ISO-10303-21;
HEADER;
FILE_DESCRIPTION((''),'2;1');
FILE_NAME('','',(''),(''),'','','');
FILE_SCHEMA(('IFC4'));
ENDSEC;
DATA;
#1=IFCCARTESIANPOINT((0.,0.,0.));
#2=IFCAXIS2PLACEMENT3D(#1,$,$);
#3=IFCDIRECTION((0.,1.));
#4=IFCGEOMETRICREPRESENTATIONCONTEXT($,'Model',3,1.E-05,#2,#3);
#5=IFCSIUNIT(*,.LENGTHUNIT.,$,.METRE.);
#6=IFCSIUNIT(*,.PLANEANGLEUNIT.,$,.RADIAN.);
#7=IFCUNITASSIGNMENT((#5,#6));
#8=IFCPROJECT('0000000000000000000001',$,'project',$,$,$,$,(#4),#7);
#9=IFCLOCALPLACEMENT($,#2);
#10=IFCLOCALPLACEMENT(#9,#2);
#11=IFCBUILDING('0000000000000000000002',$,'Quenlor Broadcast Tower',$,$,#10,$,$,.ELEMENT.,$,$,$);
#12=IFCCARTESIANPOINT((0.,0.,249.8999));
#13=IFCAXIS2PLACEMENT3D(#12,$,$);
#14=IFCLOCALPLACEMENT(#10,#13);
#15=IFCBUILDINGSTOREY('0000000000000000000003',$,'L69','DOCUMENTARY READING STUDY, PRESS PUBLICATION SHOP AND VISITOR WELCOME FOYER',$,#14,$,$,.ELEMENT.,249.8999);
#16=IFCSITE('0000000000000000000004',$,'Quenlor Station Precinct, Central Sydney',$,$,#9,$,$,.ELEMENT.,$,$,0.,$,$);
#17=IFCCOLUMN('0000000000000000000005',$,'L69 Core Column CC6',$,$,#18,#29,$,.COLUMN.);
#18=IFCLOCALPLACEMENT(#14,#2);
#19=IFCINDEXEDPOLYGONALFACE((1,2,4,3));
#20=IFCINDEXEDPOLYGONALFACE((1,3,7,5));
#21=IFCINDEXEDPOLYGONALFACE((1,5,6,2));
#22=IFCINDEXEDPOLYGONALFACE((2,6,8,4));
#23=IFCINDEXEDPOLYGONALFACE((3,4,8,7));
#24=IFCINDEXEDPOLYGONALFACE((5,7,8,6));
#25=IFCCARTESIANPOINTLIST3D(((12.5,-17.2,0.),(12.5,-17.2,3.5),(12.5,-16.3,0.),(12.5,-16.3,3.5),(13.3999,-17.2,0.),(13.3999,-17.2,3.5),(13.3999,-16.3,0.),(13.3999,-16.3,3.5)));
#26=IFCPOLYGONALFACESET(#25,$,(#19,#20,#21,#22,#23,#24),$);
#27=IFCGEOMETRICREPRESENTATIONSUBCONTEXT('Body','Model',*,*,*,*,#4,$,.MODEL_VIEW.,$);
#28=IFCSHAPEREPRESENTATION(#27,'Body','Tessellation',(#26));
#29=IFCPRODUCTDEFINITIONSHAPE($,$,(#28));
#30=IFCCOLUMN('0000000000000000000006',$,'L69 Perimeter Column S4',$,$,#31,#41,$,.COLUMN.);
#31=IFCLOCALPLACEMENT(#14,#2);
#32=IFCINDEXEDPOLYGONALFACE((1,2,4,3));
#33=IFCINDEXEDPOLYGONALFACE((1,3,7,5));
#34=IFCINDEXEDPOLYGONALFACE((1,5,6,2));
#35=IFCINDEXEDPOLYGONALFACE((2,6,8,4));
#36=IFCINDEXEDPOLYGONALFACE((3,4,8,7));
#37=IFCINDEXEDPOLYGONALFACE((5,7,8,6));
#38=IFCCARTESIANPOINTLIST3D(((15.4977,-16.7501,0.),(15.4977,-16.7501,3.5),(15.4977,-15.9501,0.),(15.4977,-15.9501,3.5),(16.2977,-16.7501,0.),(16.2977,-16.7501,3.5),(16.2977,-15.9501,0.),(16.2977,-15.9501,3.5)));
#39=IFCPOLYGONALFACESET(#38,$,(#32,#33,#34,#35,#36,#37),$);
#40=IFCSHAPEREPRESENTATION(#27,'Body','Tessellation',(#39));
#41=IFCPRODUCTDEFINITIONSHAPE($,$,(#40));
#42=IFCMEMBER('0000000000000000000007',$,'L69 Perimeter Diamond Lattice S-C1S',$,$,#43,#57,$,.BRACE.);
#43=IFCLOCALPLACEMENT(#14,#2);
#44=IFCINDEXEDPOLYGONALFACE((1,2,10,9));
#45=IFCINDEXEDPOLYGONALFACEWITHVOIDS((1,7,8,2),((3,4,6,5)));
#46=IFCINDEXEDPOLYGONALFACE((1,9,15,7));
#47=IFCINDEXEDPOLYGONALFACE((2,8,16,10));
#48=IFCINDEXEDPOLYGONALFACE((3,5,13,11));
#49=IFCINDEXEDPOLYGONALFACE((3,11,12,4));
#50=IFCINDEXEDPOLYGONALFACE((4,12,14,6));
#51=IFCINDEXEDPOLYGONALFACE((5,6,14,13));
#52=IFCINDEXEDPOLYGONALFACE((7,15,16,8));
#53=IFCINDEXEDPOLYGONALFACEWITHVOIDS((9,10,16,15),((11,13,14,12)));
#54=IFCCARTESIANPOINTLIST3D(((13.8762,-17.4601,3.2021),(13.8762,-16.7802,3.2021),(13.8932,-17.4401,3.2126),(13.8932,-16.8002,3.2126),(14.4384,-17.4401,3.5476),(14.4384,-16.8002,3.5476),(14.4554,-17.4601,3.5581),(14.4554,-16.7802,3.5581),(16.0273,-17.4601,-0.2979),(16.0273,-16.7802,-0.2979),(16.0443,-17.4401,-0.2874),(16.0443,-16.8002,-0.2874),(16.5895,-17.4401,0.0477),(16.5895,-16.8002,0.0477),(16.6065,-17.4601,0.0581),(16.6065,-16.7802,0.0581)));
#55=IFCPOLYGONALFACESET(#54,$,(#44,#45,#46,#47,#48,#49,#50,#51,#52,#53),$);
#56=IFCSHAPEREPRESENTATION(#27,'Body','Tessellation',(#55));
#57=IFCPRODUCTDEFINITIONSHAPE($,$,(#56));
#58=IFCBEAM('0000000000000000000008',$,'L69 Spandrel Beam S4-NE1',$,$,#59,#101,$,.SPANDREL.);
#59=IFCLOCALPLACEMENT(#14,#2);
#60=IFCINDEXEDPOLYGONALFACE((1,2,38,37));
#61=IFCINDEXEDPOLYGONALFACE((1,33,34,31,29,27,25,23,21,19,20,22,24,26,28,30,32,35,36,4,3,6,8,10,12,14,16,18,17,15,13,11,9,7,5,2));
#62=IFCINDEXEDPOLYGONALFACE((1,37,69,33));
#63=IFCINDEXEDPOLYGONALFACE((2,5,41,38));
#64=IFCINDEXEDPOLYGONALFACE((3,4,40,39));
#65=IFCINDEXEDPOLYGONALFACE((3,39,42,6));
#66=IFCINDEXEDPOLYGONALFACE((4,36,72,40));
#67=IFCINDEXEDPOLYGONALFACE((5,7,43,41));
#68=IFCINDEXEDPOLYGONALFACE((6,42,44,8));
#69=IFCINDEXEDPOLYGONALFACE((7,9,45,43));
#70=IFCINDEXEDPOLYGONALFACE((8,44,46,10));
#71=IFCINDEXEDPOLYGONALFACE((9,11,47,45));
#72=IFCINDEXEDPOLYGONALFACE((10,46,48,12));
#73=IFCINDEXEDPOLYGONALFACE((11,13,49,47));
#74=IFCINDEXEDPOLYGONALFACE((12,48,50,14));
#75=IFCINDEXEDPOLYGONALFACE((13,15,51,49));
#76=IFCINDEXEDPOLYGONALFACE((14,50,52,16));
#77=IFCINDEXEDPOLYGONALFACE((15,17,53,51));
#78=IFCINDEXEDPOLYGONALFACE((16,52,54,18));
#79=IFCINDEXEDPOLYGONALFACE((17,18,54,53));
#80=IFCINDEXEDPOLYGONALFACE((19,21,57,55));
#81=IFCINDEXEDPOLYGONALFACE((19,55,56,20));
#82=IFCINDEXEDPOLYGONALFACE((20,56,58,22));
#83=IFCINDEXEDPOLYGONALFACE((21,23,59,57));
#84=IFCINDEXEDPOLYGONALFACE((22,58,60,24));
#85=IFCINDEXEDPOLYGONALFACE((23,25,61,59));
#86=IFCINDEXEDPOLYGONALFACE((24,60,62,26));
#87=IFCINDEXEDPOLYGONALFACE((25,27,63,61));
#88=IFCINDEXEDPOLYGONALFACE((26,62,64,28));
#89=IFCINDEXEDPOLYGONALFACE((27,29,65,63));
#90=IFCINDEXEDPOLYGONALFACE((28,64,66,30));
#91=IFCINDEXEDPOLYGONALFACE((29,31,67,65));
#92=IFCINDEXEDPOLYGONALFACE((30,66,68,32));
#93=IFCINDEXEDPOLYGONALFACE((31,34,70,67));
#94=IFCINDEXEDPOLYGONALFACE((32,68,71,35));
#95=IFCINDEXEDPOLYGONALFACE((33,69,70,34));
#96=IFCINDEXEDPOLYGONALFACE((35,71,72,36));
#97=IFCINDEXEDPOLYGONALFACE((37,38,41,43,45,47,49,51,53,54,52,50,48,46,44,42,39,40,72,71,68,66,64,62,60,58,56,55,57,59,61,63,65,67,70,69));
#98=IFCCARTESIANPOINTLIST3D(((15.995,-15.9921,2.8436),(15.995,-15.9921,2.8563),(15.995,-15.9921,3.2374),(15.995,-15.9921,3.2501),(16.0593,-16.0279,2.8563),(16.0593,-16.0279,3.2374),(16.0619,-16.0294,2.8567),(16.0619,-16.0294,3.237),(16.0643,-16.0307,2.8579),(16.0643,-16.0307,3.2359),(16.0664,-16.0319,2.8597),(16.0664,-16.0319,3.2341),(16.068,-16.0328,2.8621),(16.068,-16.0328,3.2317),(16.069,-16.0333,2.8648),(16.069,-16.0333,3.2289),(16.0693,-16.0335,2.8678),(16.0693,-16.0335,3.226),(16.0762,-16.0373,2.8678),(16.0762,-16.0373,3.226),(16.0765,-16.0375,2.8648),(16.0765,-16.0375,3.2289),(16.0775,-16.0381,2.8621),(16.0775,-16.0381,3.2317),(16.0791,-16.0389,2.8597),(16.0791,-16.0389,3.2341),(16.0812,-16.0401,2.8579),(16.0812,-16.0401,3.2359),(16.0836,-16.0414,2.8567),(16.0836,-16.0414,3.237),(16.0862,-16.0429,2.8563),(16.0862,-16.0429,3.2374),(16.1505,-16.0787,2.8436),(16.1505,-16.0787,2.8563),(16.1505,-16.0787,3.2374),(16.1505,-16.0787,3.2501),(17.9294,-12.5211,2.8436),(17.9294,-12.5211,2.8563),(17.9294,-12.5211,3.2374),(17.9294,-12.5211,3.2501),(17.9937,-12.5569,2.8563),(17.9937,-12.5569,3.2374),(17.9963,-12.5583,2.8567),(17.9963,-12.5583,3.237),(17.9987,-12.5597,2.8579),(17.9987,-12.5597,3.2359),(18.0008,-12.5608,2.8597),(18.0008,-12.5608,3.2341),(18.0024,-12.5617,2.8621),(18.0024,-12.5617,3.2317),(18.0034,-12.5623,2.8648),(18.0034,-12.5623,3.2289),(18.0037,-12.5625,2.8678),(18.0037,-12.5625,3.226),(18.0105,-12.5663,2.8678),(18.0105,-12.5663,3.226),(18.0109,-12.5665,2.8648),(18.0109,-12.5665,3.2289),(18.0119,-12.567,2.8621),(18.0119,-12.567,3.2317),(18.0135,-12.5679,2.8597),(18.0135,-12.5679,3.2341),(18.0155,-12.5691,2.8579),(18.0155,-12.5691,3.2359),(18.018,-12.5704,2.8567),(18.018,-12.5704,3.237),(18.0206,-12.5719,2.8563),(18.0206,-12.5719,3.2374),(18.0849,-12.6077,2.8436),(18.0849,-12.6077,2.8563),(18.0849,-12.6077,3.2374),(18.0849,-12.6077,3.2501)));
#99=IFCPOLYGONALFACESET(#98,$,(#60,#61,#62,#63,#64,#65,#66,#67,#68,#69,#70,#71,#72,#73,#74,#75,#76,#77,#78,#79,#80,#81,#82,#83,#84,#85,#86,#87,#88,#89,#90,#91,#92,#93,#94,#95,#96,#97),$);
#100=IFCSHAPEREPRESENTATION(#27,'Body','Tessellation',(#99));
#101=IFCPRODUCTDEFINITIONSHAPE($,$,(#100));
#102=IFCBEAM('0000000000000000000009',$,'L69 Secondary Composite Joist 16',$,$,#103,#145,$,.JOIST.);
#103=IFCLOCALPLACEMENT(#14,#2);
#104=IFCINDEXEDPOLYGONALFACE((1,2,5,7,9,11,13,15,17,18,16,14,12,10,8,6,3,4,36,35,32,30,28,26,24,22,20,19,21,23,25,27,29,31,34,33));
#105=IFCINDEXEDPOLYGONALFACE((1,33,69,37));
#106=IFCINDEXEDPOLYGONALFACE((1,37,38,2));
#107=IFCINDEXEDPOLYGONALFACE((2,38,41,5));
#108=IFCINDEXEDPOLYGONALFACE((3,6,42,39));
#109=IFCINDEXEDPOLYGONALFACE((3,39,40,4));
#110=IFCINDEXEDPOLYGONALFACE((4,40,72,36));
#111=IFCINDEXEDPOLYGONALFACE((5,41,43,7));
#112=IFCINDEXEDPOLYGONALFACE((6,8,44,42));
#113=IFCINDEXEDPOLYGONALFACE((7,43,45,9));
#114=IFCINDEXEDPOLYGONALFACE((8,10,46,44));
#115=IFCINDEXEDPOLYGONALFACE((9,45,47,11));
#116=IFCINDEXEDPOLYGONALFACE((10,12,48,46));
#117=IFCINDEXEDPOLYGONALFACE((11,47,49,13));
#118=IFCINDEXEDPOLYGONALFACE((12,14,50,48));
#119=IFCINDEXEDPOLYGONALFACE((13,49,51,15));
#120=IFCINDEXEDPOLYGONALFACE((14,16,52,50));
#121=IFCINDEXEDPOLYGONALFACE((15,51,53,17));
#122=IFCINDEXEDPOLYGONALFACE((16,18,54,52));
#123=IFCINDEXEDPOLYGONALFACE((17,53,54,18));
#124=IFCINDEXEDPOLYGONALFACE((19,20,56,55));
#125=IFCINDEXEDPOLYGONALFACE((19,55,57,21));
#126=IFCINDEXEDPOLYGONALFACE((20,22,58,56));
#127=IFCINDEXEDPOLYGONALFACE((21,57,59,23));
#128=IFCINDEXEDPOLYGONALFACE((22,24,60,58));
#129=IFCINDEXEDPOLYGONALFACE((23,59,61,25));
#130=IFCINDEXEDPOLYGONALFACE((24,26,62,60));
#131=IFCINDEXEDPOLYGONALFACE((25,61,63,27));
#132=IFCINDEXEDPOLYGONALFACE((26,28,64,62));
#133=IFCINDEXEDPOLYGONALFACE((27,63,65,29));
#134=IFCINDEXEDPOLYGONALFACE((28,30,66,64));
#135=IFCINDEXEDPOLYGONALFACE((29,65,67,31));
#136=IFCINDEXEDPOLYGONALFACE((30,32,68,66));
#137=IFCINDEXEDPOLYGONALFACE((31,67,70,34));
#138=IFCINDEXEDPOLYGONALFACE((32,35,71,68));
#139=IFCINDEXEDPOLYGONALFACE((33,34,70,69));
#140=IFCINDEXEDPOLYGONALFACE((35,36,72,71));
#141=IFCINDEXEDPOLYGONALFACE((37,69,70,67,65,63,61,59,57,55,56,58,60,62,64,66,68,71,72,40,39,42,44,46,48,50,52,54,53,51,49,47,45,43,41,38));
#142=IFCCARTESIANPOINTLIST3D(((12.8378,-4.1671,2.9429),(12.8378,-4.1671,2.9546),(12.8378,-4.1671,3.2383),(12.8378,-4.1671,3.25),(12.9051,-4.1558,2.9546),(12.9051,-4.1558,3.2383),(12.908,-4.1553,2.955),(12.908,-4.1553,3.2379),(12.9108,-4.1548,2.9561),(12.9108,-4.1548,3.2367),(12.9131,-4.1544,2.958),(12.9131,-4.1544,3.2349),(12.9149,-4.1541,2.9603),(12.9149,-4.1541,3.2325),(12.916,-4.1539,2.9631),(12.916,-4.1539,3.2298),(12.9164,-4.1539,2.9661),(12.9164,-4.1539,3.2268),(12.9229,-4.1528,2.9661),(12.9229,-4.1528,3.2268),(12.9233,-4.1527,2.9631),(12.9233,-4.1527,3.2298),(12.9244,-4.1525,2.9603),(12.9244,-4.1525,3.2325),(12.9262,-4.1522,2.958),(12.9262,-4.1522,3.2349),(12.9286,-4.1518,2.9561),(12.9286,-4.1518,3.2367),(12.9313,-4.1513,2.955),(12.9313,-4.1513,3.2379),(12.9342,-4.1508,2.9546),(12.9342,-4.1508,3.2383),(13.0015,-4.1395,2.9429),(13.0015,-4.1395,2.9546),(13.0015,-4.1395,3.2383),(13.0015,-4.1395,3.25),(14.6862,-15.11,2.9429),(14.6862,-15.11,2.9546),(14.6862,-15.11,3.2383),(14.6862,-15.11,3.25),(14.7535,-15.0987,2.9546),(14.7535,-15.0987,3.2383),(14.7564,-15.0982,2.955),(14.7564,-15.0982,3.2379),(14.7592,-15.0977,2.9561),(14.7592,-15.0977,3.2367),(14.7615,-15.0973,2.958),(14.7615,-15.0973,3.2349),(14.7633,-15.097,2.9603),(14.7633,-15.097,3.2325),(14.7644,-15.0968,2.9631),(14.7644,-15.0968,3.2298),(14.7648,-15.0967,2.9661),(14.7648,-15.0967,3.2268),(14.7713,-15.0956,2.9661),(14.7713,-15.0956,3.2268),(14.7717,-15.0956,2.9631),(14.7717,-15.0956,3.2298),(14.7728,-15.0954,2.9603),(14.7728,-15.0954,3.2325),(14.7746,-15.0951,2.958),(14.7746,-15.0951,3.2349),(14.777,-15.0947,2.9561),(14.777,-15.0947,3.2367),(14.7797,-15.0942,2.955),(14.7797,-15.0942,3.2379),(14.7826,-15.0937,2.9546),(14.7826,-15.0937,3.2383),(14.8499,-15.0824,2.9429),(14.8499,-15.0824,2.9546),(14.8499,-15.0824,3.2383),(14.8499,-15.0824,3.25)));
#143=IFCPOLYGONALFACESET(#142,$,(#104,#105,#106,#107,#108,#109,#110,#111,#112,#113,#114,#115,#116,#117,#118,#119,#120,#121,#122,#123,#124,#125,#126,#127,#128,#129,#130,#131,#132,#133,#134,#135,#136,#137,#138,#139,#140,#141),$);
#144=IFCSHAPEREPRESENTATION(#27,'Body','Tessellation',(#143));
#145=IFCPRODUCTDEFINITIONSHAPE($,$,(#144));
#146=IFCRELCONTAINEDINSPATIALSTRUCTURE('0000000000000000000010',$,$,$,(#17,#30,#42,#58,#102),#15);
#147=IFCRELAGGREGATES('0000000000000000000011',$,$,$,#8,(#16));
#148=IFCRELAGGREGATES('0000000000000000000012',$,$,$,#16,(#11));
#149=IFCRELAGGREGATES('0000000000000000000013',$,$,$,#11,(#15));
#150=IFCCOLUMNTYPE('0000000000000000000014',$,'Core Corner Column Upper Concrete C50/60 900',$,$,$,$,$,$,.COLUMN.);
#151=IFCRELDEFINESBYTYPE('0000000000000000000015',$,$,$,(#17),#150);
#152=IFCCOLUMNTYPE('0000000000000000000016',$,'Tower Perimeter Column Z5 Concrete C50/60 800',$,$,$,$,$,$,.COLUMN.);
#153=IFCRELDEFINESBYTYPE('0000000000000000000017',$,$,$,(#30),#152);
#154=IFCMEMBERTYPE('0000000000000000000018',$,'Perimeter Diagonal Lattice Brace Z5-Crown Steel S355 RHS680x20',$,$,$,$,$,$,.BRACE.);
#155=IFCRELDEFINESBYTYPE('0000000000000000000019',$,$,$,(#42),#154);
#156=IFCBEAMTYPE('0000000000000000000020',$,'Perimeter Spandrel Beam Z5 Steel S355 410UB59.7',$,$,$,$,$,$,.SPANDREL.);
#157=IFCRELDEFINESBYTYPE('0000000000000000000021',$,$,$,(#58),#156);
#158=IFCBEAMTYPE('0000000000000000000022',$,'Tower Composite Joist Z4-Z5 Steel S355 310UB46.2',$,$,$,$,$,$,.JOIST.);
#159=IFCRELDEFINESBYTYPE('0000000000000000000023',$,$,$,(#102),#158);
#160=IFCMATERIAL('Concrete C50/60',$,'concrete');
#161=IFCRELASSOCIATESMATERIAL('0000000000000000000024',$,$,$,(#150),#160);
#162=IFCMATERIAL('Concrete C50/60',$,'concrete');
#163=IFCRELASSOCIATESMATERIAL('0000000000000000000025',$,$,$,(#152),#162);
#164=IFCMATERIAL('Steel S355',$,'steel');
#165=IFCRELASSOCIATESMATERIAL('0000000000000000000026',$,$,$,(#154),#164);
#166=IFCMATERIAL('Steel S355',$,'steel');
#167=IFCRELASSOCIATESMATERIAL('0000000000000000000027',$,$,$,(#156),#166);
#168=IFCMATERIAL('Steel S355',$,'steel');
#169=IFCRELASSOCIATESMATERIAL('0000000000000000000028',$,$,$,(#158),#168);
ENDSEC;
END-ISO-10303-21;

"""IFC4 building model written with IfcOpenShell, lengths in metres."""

from ifc_helpers import new_model, si_unit, direction, frame, origin, origin_2d, place, context, subcontext, project, spatial, rectangle, hollow_rectangle, i_section, extrude, material, material_profile, profile_set, type_object, element, save


model = new_model("IFC4")

# Units and contexts
model_context = context("Model", 3, precision=1e-05, world=origin(), true_north=direction((0.0, 1.0)))
body_context = subcontext(model_context, "Body", "Model", "MODEL_VIEW")
ifc_project = project(units=[si_unit("LENGTHUNIT", "METRE"), si_unit("PLANEANGLEUNIT", "RADIAN")], contexts=[model_context])

# Site, building, storey
site_placement = place(None, origin())
site = spatial("IfcSite", under=ifc_project, at=site_placement, Name="Quenlor Station Precinct, Central Sydney", CompositionType="ELEMENT", RefElevation=0.0)
building_placement = place(site_placement, origin())
building = spatial("IfcBuilding", under=site, at=building_placement, Name="Quenlor Broadcast Tower", CompositionType="ELEMENT")
storey_placement = place(building_placement, frame((0.0, 0.0, 249.8999)))
storey = spatial("IfcBuildingStorey", under=building, at=storey_placement, Name="L69", Description="DOCUMENTARY READING STUDY, PRESS PUBLICATION SHOP AND VISITOR WELCOME FOYER", CompositionType="ELEMENT", Elevation=249.8999)

# Columns
ifc_material_1 = material(Name="Concrete C50/60", Category="concrete")
ifc_material_profile_1 = material_profile(ifc_material_1, rectangle(XDim=0.8999, YDim=0.8999, at=origin_2d()))
ifc_profile_set_1 = profile_set([ifc_material_profile_1], Name="Concrete C50/60 RC900x900")
column_type_1 = type_object("IfcColumnType", Name="Core Corner Column Upper Concrete C50/60 900", PredefinedType="COLUMN", material=ifc_profile_set_1)
column_1_placement = place(storey_placement, frame((12.95, -16.75, 0.0), z_axis=(0.0, 0.0, 1.0), x_axis=(1.0, 0.0, 0.0)))
element("IfcColumn", 1, at=column_1_placement, inside=storey, type_object=column_type_1, Name="L69 Core Column CC6", PredefinedType="COLUMN", context=body_context, shape_type="SweptSolid", body=[
    extrude(rectangle(XDim=0.8999, YDim=0.8999, at=origin_2d()), origin(), (0.0, 0.0, 1.0), 3.5),
])
ifc_material_2 = material(Name="Concrete C50/60", Category="concrete")
ifc_material_profile_2 = material_profile(ifc_material_2, rectangle(XDim=0.8, YDim=0.8, at=origin_2d()))
ifc_profile_set_2 = profile_set([ifc_material_profile_2], Name="Concrete C50/60 RC800x800")
column_type_2 = type_object("IfcColumnType", Name="Tower Perimeter Column Z5 Concrete C50/60 800", PredefinedType="COLUMN", material=ifc_profile_set_2)
column_2_placement = place(storey_placement, frame((15.8977, -16.3501, 0.0), z_axis=(0.0, 0.0, 1.0), x_axis=(0.0, 1.0, 0.0)))
element("IfcColumn", 2, at=column_2_placement, inside=storey, type_object=column_type_2, Name="L69 Perimeter Column S4", PredefinedType="COLUMN", context=body_context, shape_type="SweptSolid", body=[
    extrude(rectangle(XDim=0.8, YDim=0.8, at=origin_2d()), origin(), (0.0, 0.0, 1.0), 3.5),
])

# Member
ifc_material_3 = material(Name="Steel S355", Category="steel")
ifc_material_profile_3 = material_profile(ifc_material_3, hollow_rectangle(XDim=0.6799, YDim=0.6799, WallThickness=0.02, at=origin_2d()))
ifc_profile_set_3 = profile_set([ifc_material_profile_3], Name="Steel S355 RHS680x680x20")
member_type = type_object("IfcMemberType", Name="Perimeter Diagonal Lattice Brace Z5-Crown Steel S355 RHS680x20", PredefinedType="BRACE", material=ifc_profile_set_3)
member_placement = place(storey_placement, frame((16.3169, -17.1201, -0.1199), z_axis=(-0.523617, 0.0, 0.851954), x_axis=(0.0, -1.0, 0.0)))
element("IfcMember", 3, at=member_placement, inside=storey, type_object=member_type, Name="L69 Perimeter Diamond Lattice S-C1S", PredefinedType="BRACE", context=body_context, shape_type="SweptSolid", body=[
    extrude(hollow_rectangle(XDim=0.6799, YDim=0.6799, WallThickness=0.02, at=origin_2d()), origin(), (0.0, 0.0, 1.0), 4.1082),
])

# Beams
ifc_material_4 = material(Name="Steel S355", Category="steel")
ifc_material_profile_4 = material_profile(ifc_material_4, i_section(OverallWidth=0.178, OverallDepth=0.4065, WebThickness=0.0078, FlangeThickness=0.0127, FilletRadius=0.0115, at=origin_2d()))
ifc_profile_set_4 = profile_set([ifc_material_profile_4], Name="Steel S355 410UB59.7")
beam_type_1 = type_object("IfcBeamType", Name="Perimeter Spandrel Beam Z5 Steel S355 410UB59.7", PredefinedType="SPANDREL", material=ifc_profile_set_4)
beam_1_placement = place(storey_placement, frame((16.0728, -16.0354, 3.0469), z_axis=(0.486801, 0.873513, 0.0), x_axis=(-0.873513, 0.486801, 0.0)))
element("IfcBeam", 4, at=beam_1_placement, inside=storey, type_object=beam_type_1, Name="L69 Spandrel Beam S4-NE1", PredefinedType="SPANDREL", context=body_context, shape_type="SweptSolid", body=[
    extrude(i_section(OverallWidth=0.178, OverallDepth=0.4065, WebThickness=0.0078, FlangeThickness=0.0127, FilletRadius=0.0115, at=origin_2d()), origin(), (0.0, 0.0, 1.0), 3.9736),
])
ifc_material_5 = material(Name="Steel S355", Category="steel")
ifc_material_profile_5 = material_profile(ifc_material_5, i_section(OverallWidth=0.166, OverallDepth=0.3071, WebThickness=0.0066, FlangeThickness=0.0117, FilletRadius=0.0115, at=origin_2d()))
ifc_profile_set_5 = profile_set([ifc_material_profile_5], Name="Steel S355 310UB46.2")
beam_type_2 = type_object("IfcBeamType", Name="Tower Composite Joist Z4-Z5 Steel S355 310UB46.2", PredefinedType="JOIST", material=ifc_profile_set_5)
beam_2_placement = place(storey_placement, frame((14.7681, -15.0962, 3.0964), z_axis=(-0.166553, 0.986032, 0.0), x_axis=(-0.986032, -0.166553, 0.0)))
element("IfcBeam", 5, at=beam_2_placement, inside=storey, type_object=beam_type_2, Name="L69 Secondary Composite Joist 16", PredefinedType="JOIST", context=body_context, shape_type="SweptSolid", body=[
    extrude(i_section(OverallWidth=0.166, OverallDepth=0.3071, WebThickness=0.0066, FlangeThickness=0.0117, FilletRadius=0.0115, at=origin_2d()), origin(), (0.0, 0.0, 1.0), 11.0979),
])

save(model, "model.ifc")
